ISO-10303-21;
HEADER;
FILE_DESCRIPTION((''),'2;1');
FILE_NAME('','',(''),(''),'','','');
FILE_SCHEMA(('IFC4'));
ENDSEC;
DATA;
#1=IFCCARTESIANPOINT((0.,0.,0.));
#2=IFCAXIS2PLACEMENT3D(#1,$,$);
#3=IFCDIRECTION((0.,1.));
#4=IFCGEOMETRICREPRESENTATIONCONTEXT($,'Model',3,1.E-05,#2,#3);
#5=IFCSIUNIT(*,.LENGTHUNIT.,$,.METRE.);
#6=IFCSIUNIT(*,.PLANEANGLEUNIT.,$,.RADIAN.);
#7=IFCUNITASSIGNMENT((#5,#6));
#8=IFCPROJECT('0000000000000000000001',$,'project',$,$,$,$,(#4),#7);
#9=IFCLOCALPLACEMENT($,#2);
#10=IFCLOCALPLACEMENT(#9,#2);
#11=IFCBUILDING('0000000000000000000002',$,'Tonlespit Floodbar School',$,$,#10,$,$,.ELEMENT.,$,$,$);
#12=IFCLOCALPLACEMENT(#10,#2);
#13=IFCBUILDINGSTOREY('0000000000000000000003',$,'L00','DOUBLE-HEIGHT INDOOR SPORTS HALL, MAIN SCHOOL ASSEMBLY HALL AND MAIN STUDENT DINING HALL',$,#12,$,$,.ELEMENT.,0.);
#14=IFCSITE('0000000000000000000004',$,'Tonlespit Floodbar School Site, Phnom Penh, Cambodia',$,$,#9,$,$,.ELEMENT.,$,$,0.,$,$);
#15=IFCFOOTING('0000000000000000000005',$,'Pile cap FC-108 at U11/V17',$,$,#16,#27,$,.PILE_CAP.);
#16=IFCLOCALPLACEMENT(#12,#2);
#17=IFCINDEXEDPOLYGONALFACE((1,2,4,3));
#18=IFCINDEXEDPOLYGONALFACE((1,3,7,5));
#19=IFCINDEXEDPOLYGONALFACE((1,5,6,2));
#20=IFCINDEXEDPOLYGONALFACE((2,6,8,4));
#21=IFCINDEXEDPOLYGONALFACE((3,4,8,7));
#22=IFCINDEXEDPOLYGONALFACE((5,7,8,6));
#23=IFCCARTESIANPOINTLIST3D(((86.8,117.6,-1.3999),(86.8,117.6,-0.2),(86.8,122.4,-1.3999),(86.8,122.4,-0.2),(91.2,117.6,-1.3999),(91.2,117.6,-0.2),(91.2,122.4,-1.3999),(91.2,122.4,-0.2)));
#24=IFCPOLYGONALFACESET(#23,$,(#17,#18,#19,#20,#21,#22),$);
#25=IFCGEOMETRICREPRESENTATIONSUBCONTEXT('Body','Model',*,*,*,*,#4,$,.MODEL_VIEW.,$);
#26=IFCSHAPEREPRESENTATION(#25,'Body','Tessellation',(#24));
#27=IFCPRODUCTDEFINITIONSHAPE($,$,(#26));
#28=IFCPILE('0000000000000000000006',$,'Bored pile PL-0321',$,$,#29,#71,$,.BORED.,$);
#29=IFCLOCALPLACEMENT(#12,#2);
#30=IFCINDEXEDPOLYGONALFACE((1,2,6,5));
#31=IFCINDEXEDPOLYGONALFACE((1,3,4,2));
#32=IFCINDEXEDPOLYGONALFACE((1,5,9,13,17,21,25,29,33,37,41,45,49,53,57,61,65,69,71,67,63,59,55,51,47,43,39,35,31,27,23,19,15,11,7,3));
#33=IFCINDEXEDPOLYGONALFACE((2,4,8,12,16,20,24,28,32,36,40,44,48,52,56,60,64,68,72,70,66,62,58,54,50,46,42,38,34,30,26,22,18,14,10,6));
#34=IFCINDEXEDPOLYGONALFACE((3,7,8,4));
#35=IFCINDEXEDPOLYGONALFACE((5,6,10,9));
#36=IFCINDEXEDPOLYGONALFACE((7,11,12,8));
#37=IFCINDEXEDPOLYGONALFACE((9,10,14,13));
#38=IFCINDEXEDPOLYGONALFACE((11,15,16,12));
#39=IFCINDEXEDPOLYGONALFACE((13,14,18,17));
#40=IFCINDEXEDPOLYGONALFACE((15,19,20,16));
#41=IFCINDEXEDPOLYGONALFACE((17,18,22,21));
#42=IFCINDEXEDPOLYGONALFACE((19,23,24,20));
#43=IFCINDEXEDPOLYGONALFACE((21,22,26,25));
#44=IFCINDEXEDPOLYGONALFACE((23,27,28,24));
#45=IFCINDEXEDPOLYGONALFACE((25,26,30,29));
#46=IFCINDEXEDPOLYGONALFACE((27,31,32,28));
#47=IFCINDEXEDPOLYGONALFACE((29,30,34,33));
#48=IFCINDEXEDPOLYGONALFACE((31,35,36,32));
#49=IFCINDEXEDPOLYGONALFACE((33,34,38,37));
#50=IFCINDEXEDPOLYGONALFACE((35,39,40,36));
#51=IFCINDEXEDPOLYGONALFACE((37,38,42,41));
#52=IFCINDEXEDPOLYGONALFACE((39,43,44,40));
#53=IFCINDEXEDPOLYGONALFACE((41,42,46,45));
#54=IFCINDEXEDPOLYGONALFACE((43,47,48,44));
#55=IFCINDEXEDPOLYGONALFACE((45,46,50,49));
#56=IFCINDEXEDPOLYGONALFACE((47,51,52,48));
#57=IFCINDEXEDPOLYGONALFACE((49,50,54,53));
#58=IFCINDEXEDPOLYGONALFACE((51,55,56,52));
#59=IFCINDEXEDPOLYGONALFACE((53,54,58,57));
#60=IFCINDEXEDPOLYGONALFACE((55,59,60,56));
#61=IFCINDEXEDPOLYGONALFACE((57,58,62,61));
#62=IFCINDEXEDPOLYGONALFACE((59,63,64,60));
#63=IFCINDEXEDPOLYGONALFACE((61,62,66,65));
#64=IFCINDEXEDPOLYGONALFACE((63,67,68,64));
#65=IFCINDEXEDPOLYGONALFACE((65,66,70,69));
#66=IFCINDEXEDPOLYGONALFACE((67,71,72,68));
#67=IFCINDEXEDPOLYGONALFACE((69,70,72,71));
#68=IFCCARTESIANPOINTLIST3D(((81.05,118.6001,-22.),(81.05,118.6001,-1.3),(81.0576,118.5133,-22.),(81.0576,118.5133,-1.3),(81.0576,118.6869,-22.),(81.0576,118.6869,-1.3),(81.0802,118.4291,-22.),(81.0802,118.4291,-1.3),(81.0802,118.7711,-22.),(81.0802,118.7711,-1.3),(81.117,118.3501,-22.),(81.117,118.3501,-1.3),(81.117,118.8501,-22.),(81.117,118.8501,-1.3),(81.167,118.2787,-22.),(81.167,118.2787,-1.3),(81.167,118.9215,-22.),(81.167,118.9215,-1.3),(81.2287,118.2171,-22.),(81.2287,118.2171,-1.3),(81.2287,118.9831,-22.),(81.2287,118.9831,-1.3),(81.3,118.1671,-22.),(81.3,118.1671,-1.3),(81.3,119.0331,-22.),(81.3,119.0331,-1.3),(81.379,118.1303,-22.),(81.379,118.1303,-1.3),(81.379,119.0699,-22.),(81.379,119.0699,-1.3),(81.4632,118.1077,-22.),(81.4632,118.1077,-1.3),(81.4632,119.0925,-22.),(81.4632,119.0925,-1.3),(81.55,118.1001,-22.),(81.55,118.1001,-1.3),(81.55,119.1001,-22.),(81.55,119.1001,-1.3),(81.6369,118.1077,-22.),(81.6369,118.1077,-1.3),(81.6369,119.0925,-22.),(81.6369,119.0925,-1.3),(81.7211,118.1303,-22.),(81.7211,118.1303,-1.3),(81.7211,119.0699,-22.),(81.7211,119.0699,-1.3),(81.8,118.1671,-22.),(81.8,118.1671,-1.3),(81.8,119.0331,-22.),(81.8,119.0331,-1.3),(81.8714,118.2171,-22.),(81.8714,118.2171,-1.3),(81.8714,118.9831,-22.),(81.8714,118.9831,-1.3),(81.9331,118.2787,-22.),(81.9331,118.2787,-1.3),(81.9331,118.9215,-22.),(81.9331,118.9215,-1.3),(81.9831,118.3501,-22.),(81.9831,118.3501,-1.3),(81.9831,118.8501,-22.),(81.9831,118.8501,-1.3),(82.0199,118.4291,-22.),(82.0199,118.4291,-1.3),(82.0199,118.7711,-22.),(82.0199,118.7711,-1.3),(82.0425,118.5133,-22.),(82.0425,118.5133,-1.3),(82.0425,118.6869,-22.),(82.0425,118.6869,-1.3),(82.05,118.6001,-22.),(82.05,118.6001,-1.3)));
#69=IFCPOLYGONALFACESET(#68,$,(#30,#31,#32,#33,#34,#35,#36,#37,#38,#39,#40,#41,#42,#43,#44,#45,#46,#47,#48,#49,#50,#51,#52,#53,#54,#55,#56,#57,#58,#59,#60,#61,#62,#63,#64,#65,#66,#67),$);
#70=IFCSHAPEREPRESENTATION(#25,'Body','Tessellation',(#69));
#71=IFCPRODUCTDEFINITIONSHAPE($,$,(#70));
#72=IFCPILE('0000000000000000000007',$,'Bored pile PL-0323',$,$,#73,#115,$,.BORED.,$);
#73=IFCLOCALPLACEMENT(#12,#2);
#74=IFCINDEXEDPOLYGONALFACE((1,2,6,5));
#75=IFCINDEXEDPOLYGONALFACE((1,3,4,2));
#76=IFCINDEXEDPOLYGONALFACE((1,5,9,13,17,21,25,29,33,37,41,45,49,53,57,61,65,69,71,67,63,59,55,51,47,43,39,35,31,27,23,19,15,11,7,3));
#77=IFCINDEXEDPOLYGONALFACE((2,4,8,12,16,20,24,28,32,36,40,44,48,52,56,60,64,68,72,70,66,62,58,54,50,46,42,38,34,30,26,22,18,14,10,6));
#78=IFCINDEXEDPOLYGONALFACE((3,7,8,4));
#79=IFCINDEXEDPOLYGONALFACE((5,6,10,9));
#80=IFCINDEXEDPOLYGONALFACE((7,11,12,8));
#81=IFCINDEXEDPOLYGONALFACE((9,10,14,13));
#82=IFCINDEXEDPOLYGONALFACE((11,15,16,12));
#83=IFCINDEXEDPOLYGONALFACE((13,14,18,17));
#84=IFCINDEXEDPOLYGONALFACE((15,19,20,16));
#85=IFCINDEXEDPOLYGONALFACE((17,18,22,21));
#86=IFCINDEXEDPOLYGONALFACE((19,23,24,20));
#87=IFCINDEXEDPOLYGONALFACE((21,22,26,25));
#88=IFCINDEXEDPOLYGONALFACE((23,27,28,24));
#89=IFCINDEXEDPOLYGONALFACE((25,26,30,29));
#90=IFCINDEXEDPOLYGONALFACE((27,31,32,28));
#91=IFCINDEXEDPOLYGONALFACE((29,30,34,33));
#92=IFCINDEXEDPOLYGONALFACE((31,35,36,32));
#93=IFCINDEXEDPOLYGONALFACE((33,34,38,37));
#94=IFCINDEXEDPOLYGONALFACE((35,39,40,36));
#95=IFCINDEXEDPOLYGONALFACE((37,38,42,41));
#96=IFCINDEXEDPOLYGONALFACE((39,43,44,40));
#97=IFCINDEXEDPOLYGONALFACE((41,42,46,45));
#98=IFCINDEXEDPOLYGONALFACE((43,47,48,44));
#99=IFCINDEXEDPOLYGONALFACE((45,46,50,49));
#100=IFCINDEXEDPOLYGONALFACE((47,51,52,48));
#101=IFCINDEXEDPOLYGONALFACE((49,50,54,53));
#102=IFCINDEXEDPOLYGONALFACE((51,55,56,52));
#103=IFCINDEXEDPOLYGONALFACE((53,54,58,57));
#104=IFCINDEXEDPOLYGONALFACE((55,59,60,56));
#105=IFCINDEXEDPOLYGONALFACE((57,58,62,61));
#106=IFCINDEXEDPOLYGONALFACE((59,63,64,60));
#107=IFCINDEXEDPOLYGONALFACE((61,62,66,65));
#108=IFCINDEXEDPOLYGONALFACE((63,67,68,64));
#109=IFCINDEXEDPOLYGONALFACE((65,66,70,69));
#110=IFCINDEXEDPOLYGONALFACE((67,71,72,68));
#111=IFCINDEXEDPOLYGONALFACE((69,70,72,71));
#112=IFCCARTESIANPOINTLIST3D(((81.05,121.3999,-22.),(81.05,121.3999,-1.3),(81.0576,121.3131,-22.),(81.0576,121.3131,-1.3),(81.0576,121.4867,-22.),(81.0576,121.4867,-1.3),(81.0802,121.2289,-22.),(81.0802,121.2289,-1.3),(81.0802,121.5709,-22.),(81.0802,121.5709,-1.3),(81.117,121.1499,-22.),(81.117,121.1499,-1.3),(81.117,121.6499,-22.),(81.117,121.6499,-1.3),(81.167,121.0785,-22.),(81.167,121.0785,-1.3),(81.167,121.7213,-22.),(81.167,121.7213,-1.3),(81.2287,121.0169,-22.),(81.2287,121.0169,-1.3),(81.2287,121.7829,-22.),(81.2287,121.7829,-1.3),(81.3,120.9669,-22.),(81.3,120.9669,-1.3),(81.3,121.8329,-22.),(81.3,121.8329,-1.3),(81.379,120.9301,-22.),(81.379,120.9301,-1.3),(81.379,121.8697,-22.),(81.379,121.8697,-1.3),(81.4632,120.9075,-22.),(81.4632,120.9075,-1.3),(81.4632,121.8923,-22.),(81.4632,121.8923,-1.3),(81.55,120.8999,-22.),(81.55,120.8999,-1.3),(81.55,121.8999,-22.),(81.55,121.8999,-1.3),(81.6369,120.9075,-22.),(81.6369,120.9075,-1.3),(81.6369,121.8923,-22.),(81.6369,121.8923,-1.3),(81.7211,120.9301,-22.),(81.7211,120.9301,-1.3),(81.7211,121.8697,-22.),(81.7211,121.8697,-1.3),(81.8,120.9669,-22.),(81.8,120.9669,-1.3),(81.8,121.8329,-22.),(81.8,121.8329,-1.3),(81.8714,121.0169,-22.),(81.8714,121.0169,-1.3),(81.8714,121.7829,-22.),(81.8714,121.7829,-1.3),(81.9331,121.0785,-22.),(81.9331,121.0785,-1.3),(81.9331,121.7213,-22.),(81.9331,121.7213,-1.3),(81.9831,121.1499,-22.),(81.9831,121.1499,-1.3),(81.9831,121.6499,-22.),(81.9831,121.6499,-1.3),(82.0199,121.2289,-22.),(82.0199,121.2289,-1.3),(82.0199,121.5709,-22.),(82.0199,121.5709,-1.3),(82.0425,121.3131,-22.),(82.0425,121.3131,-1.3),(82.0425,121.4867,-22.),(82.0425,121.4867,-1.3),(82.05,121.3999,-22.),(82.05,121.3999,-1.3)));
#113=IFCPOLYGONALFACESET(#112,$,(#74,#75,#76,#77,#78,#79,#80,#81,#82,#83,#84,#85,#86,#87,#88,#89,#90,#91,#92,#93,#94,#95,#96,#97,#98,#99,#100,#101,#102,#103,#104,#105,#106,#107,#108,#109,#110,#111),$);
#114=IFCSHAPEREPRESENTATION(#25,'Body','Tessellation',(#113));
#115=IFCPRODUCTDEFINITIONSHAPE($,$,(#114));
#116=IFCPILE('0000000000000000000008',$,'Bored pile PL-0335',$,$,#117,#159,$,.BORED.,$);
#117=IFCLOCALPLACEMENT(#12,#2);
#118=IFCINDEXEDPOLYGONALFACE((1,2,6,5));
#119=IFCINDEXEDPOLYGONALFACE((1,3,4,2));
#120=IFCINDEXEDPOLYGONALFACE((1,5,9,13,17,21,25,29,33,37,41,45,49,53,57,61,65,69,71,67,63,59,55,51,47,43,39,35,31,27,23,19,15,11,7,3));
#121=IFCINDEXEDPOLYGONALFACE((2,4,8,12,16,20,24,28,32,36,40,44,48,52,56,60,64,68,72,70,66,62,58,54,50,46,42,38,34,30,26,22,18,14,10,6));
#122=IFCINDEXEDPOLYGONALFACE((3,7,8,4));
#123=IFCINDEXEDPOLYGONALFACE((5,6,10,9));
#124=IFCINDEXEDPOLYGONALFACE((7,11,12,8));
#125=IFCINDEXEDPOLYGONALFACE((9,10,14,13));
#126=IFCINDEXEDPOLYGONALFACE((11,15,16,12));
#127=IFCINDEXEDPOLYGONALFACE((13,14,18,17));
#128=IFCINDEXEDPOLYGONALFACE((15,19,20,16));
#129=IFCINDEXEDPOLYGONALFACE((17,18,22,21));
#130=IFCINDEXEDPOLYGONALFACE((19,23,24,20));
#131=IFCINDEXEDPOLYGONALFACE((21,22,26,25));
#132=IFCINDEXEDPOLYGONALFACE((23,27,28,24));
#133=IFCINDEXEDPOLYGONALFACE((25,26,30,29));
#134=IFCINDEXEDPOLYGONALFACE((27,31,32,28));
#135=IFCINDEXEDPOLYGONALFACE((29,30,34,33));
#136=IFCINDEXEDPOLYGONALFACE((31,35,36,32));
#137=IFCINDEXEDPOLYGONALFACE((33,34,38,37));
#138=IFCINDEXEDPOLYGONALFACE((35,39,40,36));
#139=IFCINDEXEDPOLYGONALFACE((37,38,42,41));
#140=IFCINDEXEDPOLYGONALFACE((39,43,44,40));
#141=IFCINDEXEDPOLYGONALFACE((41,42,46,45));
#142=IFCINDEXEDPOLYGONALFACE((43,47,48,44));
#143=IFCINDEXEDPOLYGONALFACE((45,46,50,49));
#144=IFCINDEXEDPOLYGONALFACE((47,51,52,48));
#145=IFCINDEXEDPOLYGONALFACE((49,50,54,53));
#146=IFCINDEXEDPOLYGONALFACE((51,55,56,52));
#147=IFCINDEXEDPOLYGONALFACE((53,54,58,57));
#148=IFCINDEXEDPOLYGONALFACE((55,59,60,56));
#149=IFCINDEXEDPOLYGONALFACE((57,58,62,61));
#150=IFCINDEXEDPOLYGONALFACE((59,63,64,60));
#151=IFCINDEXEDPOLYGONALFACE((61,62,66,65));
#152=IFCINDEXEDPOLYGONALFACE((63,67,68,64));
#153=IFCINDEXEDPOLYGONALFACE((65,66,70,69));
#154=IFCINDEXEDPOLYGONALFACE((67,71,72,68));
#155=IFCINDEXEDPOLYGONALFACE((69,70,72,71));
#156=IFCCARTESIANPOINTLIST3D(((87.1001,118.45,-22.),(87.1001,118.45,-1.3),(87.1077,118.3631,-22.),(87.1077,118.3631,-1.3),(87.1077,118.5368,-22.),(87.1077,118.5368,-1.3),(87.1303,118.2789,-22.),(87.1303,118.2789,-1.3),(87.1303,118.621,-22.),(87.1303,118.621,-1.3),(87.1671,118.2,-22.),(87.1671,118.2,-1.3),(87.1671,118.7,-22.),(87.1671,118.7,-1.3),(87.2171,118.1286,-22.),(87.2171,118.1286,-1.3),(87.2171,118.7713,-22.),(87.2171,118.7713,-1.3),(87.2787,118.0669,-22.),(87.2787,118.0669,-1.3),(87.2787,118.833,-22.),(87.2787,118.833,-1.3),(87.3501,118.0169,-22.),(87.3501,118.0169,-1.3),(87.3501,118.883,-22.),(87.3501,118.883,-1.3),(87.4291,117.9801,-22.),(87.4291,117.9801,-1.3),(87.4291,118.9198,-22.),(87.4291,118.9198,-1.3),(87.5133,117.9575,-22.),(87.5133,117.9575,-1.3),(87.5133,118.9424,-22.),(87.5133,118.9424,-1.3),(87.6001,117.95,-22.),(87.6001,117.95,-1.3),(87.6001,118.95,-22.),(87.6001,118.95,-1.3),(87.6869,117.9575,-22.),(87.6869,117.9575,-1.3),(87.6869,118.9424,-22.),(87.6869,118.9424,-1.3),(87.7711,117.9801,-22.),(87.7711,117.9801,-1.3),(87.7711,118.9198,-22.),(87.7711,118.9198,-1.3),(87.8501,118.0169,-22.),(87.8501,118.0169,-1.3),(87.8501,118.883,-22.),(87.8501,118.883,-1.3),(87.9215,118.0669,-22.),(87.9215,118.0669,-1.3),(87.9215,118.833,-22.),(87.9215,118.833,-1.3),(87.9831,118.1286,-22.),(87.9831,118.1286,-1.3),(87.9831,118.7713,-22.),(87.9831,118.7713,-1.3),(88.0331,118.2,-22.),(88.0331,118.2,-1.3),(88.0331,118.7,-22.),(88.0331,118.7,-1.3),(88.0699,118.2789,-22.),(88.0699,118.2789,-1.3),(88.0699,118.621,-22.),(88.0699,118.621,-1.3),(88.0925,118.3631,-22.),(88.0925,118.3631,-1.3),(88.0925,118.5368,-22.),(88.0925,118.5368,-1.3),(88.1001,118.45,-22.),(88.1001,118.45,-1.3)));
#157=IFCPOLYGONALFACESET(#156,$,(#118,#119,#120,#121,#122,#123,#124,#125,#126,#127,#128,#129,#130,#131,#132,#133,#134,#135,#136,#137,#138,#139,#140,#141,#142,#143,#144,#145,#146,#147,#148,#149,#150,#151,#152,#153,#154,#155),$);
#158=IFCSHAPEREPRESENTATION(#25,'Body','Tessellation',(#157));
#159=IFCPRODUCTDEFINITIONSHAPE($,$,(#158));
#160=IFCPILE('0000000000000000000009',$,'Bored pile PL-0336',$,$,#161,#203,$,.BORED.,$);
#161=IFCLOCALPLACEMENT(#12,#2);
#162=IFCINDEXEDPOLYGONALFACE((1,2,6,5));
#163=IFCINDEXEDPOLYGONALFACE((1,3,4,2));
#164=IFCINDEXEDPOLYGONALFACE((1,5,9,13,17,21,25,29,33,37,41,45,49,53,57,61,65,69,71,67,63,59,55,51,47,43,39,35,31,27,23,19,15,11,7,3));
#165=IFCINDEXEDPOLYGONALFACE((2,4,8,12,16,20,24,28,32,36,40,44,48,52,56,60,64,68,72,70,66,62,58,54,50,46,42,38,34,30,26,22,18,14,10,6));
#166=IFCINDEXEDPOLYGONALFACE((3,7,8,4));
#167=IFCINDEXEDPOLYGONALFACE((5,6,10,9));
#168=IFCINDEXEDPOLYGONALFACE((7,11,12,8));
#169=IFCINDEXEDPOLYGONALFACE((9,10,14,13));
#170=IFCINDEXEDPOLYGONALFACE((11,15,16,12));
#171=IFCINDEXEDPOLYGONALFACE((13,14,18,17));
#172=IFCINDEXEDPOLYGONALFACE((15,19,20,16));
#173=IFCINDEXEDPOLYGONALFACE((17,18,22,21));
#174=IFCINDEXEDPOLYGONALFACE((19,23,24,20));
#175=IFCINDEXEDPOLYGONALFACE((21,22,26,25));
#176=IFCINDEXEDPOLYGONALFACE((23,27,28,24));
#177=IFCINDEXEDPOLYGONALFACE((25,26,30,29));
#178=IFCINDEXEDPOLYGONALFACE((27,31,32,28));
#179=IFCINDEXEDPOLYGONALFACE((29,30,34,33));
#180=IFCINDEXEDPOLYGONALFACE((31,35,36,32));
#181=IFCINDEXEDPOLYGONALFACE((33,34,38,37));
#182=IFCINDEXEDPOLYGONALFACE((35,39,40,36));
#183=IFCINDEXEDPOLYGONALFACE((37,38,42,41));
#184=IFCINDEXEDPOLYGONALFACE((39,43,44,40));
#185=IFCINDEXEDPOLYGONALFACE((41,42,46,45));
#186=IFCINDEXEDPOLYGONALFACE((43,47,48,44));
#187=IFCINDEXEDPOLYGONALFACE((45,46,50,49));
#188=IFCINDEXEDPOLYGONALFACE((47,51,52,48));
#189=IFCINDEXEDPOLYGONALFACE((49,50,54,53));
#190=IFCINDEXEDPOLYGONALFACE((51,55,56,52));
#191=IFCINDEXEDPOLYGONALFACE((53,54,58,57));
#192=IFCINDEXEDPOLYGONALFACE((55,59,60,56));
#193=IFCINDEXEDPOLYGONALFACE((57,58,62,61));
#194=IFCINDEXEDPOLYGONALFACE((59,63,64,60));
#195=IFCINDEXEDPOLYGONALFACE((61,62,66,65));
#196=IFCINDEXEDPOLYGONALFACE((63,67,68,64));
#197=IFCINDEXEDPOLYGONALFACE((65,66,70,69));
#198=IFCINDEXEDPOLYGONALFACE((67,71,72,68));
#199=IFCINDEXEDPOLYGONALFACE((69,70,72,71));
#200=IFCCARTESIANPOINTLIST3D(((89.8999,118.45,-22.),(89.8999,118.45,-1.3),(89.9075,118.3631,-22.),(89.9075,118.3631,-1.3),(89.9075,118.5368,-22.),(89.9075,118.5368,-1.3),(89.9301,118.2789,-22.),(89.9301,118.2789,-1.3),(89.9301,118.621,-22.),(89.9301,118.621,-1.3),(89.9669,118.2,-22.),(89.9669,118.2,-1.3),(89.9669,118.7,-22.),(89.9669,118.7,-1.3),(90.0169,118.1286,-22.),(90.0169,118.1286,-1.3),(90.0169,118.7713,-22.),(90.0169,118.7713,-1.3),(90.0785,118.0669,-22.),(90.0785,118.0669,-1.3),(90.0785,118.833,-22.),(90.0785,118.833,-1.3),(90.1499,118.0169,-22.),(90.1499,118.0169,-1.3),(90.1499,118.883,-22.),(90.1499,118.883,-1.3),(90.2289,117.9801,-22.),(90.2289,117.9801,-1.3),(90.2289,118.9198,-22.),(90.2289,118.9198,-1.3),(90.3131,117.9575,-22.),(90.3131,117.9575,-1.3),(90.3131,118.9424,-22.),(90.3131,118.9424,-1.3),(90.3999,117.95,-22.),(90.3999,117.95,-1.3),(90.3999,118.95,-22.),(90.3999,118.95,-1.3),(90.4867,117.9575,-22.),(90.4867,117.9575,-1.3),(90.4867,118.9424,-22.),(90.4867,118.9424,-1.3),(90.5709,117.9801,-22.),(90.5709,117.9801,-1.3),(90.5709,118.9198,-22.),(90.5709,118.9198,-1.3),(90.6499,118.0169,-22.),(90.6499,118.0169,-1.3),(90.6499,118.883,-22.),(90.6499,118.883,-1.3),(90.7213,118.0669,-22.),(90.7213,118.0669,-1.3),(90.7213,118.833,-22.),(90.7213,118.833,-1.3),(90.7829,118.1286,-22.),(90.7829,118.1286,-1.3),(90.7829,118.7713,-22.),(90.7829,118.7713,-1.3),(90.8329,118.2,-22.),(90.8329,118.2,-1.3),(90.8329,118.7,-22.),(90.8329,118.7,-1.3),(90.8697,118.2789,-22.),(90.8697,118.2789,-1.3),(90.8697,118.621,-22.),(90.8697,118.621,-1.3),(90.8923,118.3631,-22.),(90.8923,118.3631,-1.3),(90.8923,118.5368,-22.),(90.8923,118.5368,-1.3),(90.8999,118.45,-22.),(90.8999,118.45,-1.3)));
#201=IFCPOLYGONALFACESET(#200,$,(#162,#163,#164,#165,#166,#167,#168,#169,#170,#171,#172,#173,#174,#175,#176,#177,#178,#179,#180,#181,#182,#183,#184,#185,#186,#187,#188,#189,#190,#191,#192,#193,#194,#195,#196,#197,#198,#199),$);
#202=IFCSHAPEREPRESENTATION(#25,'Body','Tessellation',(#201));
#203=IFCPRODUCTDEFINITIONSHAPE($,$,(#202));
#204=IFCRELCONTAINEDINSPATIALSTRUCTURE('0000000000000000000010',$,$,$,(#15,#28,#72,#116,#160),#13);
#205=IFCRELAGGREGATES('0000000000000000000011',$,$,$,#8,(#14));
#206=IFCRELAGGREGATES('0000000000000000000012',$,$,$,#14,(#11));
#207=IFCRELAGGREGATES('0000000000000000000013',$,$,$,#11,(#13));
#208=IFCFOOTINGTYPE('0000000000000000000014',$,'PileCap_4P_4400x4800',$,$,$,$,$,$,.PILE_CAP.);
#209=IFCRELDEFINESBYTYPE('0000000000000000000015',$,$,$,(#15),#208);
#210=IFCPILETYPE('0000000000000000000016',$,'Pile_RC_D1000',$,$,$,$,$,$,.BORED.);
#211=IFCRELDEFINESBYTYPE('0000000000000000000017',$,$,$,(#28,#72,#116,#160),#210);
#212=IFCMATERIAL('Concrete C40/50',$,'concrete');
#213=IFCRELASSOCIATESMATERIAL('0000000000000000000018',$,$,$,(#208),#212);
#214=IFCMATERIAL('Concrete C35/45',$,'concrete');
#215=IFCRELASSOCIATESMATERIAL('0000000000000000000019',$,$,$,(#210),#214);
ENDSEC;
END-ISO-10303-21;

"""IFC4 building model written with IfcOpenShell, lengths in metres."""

from ifc_helpers import new_model, si_unit, direction, frame, origin, origin_2d, place, context, subcontext, project, spatial, rectangle, circle, extrude, material, material_profile, profile_set, type_object, element, save


model = new_model("IFC4")

# Units and contexts
model_context = context("Model", 3, precision=1e-05, world=origin(), true_north=direction((0.0, 1.0)))
body_context = subcontext(model_context, "Body", "Model", "MODEL_VIEW")
ifc_project = project(units=[si_unit("LENGTHUNIT", "METRE"), si_unit("PLANEANGLEUNIT", "RADIAN")], contexts=[model_context])

# Site, building, storey
site_placement = place(None, origin())
site = spatial("IfcSite", under=ifc_project, at=site_placement, Name="Tonlespit Floodbar School Site, Phnom Penh, Cambodia", CompositionType="ELEMENT", RefElevation=0.0)
building_placement = place(site_placement, origin())
building = spatial("IfcBuilding", under=site, at=building_placement, Name="Tonlespit Floodbar School", CompositionType="ELEMENT")
storey_placement = place(building_placement, origin())
storey = spatial("IfcBuildingStorey", under=building, at=storey_placement, Name="L00", Description="DOUBLE-HEIGHT INDOOR SPORTS HALL, MAIN SCHOOL ASSEMBLY HALL AND MAIN STUDENT DINING HALL", CompositionType="ELEMENT", Elevation=0.0)

# Footing
ifc_material_1 = material(Name="Concrete C40/50", Category="concrete")
footing_type_1 = type_object("IfcFootingType", Name="PileCap_4P_4400x4800", PredefinedType="PILE_CAP", material=ifc_material_1)
footing_1_placement = place(storey_placement, frame((89.0, 120.0, -1.3999), z_axis=(0.0, 0.0, 1.0), x_axis=(1.0, 0.0, 0.0)))
element("IfcFooting", 1, at=footing_1_placement, inside=storey, type_object=footing_type_1, Name="Pile cap FC-108 at U11/V17", PredefinedType="PILE_CAP", context=body_context, shape_type="SweptSolid", body=[
    extrude(rectangle(XDim=4.3999, YDim=4.8, at=origin_2d()), origin(), (0.0, 0.0, 1.0), 1.2),
])

# Piles
ifc_material_2 = material(Name="Concrete C35/45", Category="concrete")
ifc_material_profile_1 = material_profile(ifc_material_2, circle(Radius=0.5, at=origin_2d()), Name="BP D1000")
ifc_profile_set_1 = profile_set([ifc_material_profile_1], Name="Concrete C35/45")
pile_type = type_object("IfcPileType", Name="Pile_RC_D1000", PredefinedType="BORED", material=ifc_profile_set_1)
for number, where, z_axis, x_axis, name in (
    (2, (81.55, 118.6001, -1.3), (0.0, 0.0, -1.0), (1.0, 0.0, 0.0), "Bored pile PL-0321"),
    (3, (81.55, 121.3999, -1.3), (0.0, 0.0, -1.0), (1.0, 0.0, 0.0), "Bored pile PL-0323"),
    (4, (87.6001, 118.45, -1.3), (0.0, 0.0, -1.0), (1.0, 0.0, 0.0), "Bored pile PL-0335"),
    (5, (90.3999, 118.45, -1.3), (0.0, 0.0, -1.0), (1.0, 0.0, 0.0), "Bored pile PL-0336"),
):
    element("IfcPile", number, at=place(storey_placement, frame(where, z_axis=z_axis, x_axis=x_axis)), inside=storey, type_object=pile_type, Name=name, PredefinedType="BORED", context=body_context, shape_type="SweptSolid", body=[
        extrude(circle(Radius=0.5, at=origin_2d()), origin(), (0.0, 0.0, 1.0), 20.7),
    ])

save(model, "model.ifc")
